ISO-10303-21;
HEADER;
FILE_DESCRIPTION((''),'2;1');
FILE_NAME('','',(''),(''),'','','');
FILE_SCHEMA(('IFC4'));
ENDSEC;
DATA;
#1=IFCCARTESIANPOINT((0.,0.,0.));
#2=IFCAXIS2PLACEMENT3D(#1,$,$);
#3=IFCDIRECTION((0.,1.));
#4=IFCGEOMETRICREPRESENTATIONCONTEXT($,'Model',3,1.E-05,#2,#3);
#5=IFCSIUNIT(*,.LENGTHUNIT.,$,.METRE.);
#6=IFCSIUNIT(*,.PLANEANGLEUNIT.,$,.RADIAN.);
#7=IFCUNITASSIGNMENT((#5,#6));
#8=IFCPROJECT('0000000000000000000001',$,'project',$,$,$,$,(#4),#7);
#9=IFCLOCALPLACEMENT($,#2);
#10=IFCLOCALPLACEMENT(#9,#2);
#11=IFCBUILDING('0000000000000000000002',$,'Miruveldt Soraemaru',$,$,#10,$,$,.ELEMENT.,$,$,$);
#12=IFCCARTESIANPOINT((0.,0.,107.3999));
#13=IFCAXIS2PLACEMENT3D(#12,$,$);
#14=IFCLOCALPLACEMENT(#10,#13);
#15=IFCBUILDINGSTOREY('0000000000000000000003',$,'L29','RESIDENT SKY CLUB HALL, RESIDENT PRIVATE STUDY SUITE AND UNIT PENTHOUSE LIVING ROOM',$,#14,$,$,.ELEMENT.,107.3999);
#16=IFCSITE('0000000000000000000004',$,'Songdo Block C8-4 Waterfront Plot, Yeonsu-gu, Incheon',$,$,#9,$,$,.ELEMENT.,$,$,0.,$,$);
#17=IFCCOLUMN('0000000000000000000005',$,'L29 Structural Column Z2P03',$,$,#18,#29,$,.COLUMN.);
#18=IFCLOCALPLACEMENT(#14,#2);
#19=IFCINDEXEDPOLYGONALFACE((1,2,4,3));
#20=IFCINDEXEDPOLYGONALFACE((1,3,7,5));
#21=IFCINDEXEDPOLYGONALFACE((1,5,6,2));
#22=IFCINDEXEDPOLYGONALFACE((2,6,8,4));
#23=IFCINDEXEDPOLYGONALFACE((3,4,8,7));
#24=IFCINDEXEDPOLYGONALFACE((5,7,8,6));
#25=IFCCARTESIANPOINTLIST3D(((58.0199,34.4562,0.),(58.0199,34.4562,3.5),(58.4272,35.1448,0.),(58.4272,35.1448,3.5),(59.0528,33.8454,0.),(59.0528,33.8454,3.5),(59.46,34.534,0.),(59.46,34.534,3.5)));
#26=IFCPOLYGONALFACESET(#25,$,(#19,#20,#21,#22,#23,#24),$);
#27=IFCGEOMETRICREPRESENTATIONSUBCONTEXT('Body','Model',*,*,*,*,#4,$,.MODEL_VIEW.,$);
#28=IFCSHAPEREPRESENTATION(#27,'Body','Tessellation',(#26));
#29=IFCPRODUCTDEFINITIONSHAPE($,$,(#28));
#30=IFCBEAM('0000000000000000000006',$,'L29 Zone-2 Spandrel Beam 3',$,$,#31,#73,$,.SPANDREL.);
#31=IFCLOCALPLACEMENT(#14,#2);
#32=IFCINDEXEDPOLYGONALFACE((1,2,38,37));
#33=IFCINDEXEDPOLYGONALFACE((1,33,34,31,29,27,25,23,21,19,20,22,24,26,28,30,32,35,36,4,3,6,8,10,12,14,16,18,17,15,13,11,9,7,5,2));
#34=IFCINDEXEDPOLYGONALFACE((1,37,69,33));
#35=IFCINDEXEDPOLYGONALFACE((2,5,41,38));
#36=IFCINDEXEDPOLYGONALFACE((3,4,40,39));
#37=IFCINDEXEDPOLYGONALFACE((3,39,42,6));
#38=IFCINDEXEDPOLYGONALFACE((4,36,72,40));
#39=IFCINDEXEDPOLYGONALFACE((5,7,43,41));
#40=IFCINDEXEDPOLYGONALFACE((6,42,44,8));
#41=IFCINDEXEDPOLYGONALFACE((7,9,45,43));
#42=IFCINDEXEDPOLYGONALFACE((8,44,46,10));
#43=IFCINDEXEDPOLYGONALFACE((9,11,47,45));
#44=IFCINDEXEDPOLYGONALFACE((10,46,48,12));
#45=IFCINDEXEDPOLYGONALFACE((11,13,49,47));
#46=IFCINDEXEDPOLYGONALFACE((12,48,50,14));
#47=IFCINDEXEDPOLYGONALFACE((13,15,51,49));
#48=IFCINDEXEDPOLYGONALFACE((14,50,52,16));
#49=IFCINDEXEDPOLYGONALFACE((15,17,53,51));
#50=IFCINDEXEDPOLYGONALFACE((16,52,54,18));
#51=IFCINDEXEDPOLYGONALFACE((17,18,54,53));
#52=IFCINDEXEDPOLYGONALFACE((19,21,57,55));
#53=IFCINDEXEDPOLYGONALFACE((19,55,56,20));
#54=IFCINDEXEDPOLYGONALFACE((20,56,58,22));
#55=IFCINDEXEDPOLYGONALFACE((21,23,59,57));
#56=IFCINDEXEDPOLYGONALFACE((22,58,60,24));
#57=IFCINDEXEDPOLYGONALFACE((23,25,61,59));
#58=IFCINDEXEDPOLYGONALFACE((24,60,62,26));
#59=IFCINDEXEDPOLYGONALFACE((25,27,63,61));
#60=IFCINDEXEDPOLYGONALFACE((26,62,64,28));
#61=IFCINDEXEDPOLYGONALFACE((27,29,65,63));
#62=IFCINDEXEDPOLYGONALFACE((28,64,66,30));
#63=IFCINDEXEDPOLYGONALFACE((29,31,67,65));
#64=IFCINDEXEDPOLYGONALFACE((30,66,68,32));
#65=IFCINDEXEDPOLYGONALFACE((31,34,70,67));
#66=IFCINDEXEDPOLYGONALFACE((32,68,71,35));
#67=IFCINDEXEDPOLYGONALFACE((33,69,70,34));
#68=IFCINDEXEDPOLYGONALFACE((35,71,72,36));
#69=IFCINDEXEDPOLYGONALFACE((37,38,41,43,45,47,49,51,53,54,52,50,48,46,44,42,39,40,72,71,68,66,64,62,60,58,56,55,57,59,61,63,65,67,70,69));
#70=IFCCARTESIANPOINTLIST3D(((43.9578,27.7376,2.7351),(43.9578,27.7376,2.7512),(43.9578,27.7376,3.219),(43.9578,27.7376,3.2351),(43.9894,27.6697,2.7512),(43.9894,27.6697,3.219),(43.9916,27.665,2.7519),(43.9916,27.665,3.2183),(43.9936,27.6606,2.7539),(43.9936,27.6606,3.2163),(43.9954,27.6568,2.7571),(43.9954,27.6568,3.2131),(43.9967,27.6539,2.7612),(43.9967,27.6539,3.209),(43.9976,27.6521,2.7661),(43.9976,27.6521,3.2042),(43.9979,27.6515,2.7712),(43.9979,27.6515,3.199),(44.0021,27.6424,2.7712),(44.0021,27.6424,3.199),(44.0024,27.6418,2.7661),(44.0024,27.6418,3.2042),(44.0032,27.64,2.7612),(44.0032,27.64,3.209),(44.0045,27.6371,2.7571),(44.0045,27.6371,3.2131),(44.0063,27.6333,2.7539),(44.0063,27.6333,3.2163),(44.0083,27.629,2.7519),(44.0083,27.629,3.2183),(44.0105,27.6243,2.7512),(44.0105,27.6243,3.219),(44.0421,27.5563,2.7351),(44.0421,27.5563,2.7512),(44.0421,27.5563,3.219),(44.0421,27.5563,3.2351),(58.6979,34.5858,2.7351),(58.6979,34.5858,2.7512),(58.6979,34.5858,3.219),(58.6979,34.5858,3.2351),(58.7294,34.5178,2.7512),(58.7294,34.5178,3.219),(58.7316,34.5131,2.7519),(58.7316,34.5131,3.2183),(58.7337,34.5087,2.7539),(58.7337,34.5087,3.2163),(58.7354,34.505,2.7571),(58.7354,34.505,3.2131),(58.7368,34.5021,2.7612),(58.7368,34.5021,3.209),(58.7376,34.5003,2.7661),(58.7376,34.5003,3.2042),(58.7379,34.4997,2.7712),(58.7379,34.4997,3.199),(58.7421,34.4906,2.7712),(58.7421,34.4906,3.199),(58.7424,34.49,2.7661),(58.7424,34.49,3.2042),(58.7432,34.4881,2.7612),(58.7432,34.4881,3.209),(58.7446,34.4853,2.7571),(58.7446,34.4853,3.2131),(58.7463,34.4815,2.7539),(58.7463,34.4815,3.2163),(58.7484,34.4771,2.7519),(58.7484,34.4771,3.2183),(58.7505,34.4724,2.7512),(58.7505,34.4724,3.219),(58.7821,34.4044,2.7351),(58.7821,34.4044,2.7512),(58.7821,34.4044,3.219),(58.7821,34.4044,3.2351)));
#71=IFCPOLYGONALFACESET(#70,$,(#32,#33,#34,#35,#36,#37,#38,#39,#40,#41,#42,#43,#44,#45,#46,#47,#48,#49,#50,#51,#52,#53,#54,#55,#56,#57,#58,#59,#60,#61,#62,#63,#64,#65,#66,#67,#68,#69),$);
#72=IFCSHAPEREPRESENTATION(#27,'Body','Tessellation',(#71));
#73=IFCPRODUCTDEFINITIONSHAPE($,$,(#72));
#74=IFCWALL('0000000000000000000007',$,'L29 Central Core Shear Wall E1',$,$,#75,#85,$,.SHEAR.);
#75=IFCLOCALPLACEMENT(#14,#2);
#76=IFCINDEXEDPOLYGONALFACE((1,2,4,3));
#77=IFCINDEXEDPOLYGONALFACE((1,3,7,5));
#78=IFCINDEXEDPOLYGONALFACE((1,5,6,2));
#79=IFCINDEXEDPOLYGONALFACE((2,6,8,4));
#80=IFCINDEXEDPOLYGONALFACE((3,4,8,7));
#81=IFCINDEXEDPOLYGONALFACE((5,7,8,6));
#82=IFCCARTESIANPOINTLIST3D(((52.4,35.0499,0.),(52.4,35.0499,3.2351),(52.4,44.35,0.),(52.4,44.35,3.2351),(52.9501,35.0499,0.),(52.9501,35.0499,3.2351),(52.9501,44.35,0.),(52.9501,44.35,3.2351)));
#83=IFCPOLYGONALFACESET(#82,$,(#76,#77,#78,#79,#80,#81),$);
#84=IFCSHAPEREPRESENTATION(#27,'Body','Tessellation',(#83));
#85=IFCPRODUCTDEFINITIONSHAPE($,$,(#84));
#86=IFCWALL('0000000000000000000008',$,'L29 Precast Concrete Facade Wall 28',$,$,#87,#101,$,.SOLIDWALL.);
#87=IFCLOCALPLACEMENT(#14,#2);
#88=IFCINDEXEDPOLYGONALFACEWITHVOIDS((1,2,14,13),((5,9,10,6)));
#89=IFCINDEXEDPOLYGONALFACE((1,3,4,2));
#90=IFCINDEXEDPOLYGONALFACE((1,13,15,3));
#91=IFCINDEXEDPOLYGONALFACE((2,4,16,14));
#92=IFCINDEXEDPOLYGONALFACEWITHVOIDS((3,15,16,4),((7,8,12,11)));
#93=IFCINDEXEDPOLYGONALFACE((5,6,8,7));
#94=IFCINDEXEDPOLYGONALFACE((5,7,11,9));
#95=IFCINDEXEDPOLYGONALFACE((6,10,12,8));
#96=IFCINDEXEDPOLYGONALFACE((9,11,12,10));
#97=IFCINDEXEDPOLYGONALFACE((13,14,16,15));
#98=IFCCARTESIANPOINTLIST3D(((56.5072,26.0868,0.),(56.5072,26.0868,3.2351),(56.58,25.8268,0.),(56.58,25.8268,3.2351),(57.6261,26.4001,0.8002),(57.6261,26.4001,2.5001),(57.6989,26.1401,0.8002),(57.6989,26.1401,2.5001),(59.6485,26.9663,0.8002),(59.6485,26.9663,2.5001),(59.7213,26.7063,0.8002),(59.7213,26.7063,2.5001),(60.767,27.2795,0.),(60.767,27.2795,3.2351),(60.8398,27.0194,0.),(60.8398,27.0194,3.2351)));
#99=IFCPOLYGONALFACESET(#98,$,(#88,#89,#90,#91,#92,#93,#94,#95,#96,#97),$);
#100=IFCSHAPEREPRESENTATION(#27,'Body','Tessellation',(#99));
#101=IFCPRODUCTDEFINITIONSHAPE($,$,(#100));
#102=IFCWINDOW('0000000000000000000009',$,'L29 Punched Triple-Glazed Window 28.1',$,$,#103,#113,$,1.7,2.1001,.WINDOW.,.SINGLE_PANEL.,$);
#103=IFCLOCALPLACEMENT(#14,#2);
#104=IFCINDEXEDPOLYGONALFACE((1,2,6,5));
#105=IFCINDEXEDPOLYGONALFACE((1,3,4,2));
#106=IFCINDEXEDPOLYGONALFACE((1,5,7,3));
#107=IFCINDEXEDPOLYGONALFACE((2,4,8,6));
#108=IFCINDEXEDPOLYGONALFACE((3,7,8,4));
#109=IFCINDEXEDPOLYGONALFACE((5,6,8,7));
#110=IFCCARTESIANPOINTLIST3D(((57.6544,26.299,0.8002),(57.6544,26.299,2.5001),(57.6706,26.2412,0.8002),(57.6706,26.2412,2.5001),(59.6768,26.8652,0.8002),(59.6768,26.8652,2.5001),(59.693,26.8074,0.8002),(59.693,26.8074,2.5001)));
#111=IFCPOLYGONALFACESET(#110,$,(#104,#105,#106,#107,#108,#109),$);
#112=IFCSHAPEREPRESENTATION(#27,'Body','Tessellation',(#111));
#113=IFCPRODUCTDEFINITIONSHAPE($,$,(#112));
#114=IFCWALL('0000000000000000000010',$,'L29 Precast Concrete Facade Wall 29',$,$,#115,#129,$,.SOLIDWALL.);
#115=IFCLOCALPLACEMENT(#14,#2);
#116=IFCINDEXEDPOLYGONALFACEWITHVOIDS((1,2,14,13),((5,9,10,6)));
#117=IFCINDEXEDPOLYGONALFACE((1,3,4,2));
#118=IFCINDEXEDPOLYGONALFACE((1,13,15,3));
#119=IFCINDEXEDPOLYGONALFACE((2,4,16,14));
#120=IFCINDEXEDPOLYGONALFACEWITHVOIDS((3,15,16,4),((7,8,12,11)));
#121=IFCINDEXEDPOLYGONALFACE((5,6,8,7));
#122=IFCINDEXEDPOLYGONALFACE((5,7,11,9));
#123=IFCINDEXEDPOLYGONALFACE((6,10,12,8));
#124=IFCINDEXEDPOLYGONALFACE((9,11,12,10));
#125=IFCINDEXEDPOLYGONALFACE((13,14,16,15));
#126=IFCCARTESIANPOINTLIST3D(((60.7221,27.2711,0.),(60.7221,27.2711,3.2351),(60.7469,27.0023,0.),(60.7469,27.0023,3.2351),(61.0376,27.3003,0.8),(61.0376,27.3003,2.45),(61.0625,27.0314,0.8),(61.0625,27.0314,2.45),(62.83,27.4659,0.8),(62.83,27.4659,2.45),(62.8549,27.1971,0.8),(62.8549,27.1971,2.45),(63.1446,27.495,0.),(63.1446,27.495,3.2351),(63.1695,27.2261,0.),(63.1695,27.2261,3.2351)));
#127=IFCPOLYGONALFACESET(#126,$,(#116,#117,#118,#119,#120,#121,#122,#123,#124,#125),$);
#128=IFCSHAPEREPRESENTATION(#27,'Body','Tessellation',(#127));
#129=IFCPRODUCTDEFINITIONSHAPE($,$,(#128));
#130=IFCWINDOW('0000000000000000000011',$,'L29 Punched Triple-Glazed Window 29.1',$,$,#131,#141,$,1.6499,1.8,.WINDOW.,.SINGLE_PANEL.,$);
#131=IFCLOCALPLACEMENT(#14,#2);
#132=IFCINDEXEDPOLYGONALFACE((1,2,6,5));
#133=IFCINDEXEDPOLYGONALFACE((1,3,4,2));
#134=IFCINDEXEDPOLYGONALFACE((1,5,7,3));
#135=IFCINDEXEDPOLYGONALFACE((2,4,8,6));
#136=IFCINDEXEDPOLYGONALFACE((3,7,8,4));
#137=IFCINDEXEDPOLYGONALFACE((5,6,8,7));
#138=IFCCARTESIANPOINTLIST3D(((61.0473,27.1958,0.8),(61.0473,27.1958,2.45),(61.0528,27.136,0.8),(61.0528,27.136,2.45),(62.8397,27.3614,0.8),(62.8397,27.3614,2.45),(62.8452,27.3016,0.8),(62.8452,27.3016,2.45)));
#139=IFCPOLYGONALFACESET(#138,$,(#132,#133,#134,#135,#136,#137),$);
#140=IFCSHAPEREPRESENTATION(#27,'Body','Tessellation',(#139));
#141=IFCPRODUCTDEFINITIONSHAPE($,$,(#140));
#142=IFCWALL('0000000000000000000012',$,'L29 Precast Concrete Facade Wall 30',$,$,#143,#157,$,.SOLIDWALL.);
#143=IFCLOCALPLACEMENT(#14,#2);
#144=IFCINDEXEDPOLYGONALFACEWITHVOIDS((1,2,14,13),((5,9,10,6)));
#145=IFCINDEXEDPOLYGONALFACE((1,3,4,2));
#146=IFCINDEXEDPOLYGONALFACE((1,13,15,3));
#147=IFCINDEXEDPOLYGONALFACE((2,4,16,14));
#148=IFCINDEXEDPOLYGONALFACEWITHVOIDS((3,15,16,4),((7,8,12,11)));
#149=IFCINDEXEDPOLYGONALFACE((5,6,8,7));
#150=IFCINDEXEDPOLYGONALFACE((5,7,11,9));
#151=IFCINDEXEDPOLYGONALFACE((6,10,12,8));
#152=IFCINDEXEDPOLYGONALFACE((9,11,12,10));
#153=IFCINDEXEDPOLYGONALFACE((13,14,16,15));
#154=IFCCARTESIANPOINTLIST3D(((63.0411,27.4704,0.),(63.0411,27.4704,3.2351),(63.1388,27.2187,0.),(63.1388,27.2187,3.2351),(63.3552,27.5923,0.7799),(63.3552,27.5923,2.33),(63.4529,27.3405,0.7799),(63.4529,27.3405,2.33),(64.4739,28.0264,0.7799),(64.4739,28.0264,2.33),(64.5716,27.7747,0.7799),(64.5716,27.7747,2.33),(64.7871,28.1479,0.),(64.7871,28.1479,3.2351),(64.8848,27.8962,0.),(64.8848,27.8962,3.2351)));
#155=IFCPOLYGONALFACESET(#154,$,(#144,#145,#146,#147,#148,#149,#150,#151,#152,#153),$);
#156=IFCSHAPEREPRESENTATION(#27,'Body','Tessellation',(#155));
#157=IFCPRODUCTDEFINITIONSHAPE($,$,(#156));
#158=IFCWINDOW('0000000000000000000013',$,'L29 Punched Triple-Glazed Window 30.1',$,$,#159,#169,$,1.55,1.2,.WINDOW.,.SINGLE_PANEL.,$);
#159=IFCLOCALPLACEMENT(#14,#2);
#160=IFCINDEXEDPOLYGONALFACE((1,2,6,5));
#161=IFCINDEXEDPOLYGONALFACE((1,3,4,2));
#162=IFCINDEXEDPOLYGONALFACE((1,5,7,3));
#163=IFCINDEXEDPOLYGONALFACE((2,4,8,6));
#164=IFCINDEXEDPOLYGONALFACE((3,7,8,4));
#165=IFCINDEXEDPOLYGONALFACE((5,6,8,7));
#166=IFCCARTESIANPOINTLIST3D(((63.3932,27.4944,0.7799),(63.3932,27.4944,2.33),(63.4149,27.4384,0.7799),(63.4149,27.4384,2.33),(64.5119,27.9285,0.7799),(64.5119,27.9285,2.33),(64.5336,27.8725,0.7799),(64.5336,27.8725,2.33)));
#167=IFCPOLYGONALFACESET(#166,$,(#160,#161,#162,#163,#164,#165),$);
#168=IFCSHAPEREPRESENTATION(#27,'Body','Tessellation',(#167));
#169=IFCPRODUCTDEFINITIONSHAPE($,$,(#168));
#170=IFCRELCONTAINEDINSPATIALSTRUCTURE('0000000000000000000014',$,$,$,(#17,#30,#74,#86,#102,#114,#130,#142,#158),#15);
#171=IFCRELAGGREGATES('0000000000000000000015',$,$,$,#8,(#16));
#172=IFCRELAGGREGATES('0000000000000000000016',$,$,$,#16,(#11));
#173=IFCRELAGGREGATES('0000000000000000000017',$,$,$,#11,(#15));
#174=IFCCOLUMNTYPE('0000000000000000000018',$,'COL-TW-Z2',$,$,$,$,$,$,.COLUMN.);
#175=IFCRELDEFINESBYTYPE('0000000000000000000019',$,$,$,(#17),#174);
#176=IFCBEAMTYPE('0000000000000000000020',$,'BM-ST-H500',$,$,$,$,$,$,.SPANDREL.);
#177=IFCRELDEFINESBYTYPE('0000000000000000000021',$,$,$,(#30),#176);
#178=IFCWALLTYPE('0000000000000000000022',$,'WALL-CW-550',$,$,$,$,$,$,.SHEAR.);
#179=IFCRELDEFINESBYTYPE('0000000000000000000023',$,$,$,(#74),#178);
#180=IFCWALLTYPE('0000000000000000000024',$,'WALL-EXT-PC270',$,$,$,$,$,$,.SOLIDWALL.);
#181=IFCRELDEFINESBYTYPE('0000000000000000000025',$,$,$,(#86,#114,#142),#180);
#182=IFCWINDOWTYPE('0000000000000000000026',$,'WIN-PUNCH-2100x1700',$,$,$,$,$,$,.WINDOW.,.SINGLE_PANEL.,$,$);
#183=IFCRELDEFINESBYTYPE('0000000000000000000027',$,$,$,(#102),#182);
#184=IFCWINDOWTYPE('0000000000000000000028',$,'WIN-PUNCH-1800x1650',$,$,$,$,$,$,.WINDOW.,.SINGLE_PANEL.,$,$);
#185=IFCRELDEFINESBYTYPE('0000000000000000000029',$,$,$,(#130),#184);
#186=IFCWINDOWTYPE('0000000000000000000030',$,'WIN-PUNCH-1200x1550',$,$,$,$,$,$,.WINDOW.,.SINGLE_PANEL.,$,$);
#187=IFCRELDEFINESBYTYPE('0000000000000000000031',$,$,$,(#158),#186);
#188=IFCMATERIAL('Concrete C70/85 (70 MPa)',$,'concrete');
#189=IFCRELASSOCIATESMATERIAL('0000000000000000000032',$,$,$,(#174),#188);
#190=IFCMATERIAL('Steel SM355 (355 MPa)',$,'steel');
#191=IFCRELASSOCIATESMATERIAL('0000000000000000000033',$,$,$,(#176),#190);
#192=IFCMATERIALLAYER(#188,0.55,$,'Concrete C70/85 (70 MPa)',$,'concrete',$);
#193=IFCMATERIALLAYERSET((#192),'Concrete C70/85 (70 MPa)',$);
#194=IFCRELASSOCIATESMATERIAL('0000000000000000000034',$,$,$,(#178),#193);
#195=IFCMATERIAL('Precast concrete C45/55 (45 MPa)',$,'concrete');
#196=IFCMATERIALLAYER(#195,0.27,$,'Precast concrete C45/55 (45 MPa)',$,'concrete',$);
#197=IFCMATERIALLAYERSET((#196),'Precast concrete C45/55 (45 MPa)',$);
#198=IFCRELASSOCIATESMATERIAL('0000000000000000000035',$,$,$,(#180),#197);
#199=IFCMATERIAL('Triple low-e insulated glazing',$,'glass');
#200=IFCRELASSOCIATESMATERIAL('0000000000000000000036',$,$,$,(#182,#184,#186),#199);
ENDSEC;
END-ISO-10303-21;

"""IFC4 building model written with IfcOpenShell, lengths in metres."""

from ifc_helpers import new_model, si_unit, direction, frame, frame_2d, origin, origin_2d, place, context, subcontext, project, spatial, rectangle, i_section, extrude, material, layer, layer_set, material_profile, profile_set, type_object, element, fill, save


model = new_model("IFC4")

# Units and contexts
model_context = context("Model", 3, precision=1e-05, world=origin(), true_north=direction((0.0, 1.0)))
body_context = subcontext(model_context, "Body", "Model", "MODEL_VIEW")
ifc_project = project(units=[si_unit("LENGTHUNIT", "METRE"), si_unit("PLANEANGLEUNIT", "RADIAN")], contexts=[model_context])

# Site, building, storey
site_placement = place(None, origin())
site = spatial("IfcSite", under=ifc_project, at=site_placement, Name="Songdo Block C8-4 Waterfront Plot, Yeonsu-gu, Incheon", CompositionType="ELEMENT", RefElevation=0.0)
building_placement = place(site_placement, origin())
building = spatial("IfcBuilding", under=site, at=building_placement, Name="Miruveldt Soraemaru", CompositionType="ELEMENT")
storey_placement = place(building_placement, frame((0.0, 0.0, 107.3999)))
storey = spatial("IfcBuildingStorey", under=building, at=storey_placement, Name="L29", Description="RESIDENT SKY CLUB HALL, RESIDENT PRIVATE STUDY SUITE AND UNIT PENTHOUSE LIVING ROOM", CompositionType="ELEMENT", Elevation=107.3999)

# Column
ifc_material_1 = material(Name="Concrete C70/85 (70 MPa)", Category="concrete")
ifc_material_profile_1 = material_profile(ifc_material_1, rectangle(XDim=1.2, YDim=0.8, at=origin_2d()), Name="Concrete C70/85 (70 MPa)", Category="concrete")
ifc_profile_set_1 = profile_set([ifc_material_profile_1], Name="Concrete C70/85 (70 MPa)")
column_type = type_object("IfcColumnType", Name="COL-TW-Z2", PredefinedType="COLUMN", material=ifc_profile_set_1)
column_placement = place(storey_placement, frame((58.74, 34.4951, 0.0), z_axis=(0.0, 0.0, 1.0), x_axis=(-0.860742, 0.509041, 0.0)))
element("IfcColumn", 1, at=column_placement, inside=storey, type_object=column_type, Name="L29 Structural Column Z2P03", PredefinedType="COLUMN", context=body_context, shape_type="SweptSolid", body=[
    extrude(rectangle(XDim=1.2, YDim=0.8, at=origin_2d()), origin(), (0.0, 0.0, 1.0), 3.5),
])

# Beam
ifc_material_2 = material(Name="Steel SM355 (355 MPa)", Category="steel")
ifc_material_profile_2 = material_profile(ifc_material_2, i_section(OverallWidth=0.2, OverallDepth=0.5, WebThickness=0.01, FlangeThickness=0.0161, FilletRadius=0.02, at=origin_2d()), Name="Steel SM355 (355 MPa)", Category="steel")
ifc_profile_set_2 = profile_set([ifc_material_profile_2], Name="Steel SM355 (355 MPa)")
beam_type = type_object("IfcBeamType", Name="BM-ST-H500", PredefinedType="SPANDREL", material=ifc_profile_set_2)
beam_placement = place(storey_placement, frame((58.74, 34.4951, 2.9851), z_axis=(-0.906901, -0.421343, 0.0), x_axis=(0.421343, -0.906901, 0.0)))
element("IfcBeam", 2, at=beam_placement, inside=storey, type_object=beam_type, Name="L29 Zone-2 Spandrel Beam 3", PredefinedType="SPANDREL", context=body_context, shape_type="SweptSolid", body=[
    extrude(i_section(OverallWidth=0.2, OverallDepth=0.5, WebThickness=0.01, FlangeThickness=0.0161, FilletRadius=0.02, at=origin_2d()), origin(), (0.0, 0.0, 1.0), 16.2532),
])

# Wall
ifc_layer_1 = layer(ifc_material_1, 0.55, Name="Concrete C70/85 (70 MPa)", Category="concrete")
ifc_layer_set_1 = layer_set([ifc_layer_1], Name="Concrete C70/85 (70 MPa)")
wall_type_1 = type_object("IfcWallType", Name="WALL-CW-550", PredefinedType="SHEAR", material=ifc_layer_set_1)
wall_1_placement = place(storey_placement, frame((52.675, 35.05, 0.0), z_axis=(0.0, 0.0, 1.0), x_axis=(0.0, 1.0, 0.0)))
element("IfcWall", 3, at=wall_1_placement, inside=storey, type_object=wall_type_1, Name="L29 Central Core Shear Wall E1", PredefinedType="SHEAR", context=body_context, shape_type="SweptSolid", body=[
    extrude(rectangle(XDim=9.3, YDim=0.55, at=frame_2d((4.6499, 0.0))), origin(), (0.0, 0.0, 1.0), 3.2351),
])

# Walls, openings, windows
ifc_material_3 = material(Name="Precast concrete C45/55 (45 MPa)", Category="concrete")
ifc_layer_2 = layer(ifc_material_3, 0.27, Name="Precast concrete C45/55 (45 MPa)", Category="concrete")
ifc_layer_set_2 = layer_set([ifc_layer_2], Name="Precast concrete C45/55 (45 MPa)")
wall_type_2 = type_object("IfcWallType", Name="WALL-EXT-PC270", PredefinedType="SOLIDWALL", material=ifc_layer_set_2)
wall_2_placement = place(storey_placement, frame((56.5435, 25.9568, 0.0), z_axis=(0.0, 0.0, 1.0), x_axis=(0.96297, 0.269607, 0.0)))
wall_2 = element("IfcWall", 4, at=wall_2_placement, inside=storey, type_object=wall_type_2, Name="L29 Precast Concrete Facade Wall 28", PredefinedType="SOLIDWALL", context=body_context, shape_type="SweptSolid", body=[
    extrude(rectangle(XDim=4.4236, YDim=0.27, at=frame_2d((2.2119, 0.0))), origin(), (0.0, 0.0, 1.0), 3.2351),
])
opening_1_placement = place(wall_2_placement, frame((1.1621, 0.0, 0.8)))
opening_1 = element("IfcOpeningElement", 5, at=opening_1_placement, cuts=wall_2, PredefinedType="OPENING", context=body_context, shape_type="SweptSolid", body=[
    extrude(rectangle(XDim=2.1001, YDim=1.7, at=frame_2d((1.05, 0.8501))), frame((0.0, 0.145, 0.0), z_axis=(0.0, -1.0, 0.0), x_axis=(1.0, 0.0, 0.0)), (0.0, 0.0, 1.0), 0.29),
])
ifc_material_4 = material(Name="Triple low-e insulated glazing", Category="glass")
window_type_1 = type_object("IfcWindowType", Name="WIN-PUNCH-2100x1700", PartitioningType="SINGLE_PANEL", PredefinedType="WINDOW", material=ifc_material_4)
window_1_placement = place(opening_1_placement, origin())
window_1 = element("IfcWindow", 6, at=window_1_placement, inside=storey, type_object=window_type_1, Name="L29 Punched Triple-Glazed Window 28.1", OverallHeight=1.7, OverallWidth=2.1001, PartitioningType="SINGLE_PANEL", PredefinedType="WINDOW", context=body_context, shape_type="SweptSolid", body=[
    extrude(rectangle(XDim=2.1001, YDim=1.7, at=frame_2d((1.05, 0.8501))), frame((0.0, 0.03, 0.0), z_axis=(0.0, -1.0, 0.0), x_axis=(1.0, 0.0, 0.0)), (0.0, 0.0, 1.0), 0.0601),
])
fill(opening_1, window_1)
wall_3_placement = place(storey_placement, frame((60.7346, 27.1367, 0.0), z_axis=(0.0, 0.0, 1.0), x_axis=(0.995757, 0.092019, 0.0)))
wall_3 = element("IfcWall", 7, at=wall_3_placement, inside=storey, type_object=wall_type_2, Name="L29 Precast Concrete Facade Wall 29", PredefinedType="SOLIDWALL", context=body_context, shape_type="SweptSolid", body=[
    extrude(rectangle(XDim=2.4329, YDim=0.27, at=frame_2d((1.2163, 0.0))), origin(), (0.0, 0.0, 1.0), 3.2351),
])
opening_2_placement = place(wall_3_placement, frame((0.3169, 0.0, 0.8)))
opening_2 = element("IfcOpeningElement", 8, at=opening_2_placement, cuts=wall_3, PredefinedType="OPENING", context=body_context, shape_type="SweptSolid", body=[
    extrude(rectangle(XDim=1.8, YDim=1.6499, at=frame_2d((0.8999, 0.825))), frame((0.0, 0.145, 0.0), z_axis=(0.0, -1.0, 0.0), x_axis=(1.0, 0.0, 0.0)), (0.0, 0.0, 1.0), 0.29),
])
window_type_2 = type_object("IfcWindowType", Name="WIN-PUNCH-1800x1650", PartitioningType="SINGLE_PANEL", PredefinedType="WINDOW", material=ifc_material_4)
window_2_placement = place(opening_2_placement, origin())
window_2 = element("IfcWindow", 9, at=window_2_placement, inside=storey, type_object=window_type_2, Name="L29 Punched Triple-Glazed Window 29.1", OverallHeight=1.6499, OverallWidth=1.8, PartitioningType="SINGLE_PANEL", PredefinedType="WINDOW", context=body_context, shape_type="SweptSolid", body=[
    extrude(rectangle(XDim=1.8, YDim=1.6499, at=frame_2d((0.8999, 0.825))), frame((0.0, 0.03, 0.0), z_axis=(0.0, -1.0, 0.0), x_axis=(1.0, 0.0, 0.0)), (0.0, 0.0, 1.0), 0.0601),
])
fill(opening_2, window_2)
wall_4_placement = place(storey_placement, frame((63.0898, 27.3445, 0.0), z_axis=(0.0, 0.0, 1.0), x_axis=(0.932266, 0.361773, 0.0)))
wall_4 = element("IfcWall", 10, at=wall_4_placement, inside=storey, type_object=wall_type_2, Name="L29 Precast Concrete Facade Wall 30", PredefinedType="SOLIDWALL", context=body_context, shape_type="SweptSolid", body=[
    extrude(rectangle(XDim=1.8728, YDim=0.27, at=frame_2d((0.9365, 0.0))), origin(), (0.0, 0.0, 1.0), 3.2351),
])
opening_3_placement = place(wall_4_placement, frame((0.3369, 0.0, 0.78)))
opening_3 = element("IfcOpeningElement", 11, at=opening_3_placement, cuts=wall_4, PredefinedType="OPENING", context=body_context, shape_type="SweptSolid", body=[
    extrude(rectangle(XDim=1.2, YDim=1.55, at=frame_2d((0.6001, 0.7749))), frame((0.0, 0.145, 0.0), z_axis=(0.0, -1.0, 0.0), x_axis=(1.0, 0.0, 0.0)), (0.0, 0.0, 1.0), 0.29),
])
window_type_3 = type_object("IfcWindowType", Name="WIN-PUNCH-1200x1550", PartitioningType="SINGLE_PANEL", PredefinedType="WINDOW", material=ifc_material_4)
window_3_placement = place(opening_3_placement, origin())
window_3 = element("IfcWindow", 12, at=window_3_placement, inside=storey, type_object=window_type_3, Name="L29 Punched Triple-Glazed Window 30.1", OverallHeight=1.55, OverallWidth=1.2, PartitioningType="SINGLE_PANEL", PredefinedType="WINDOW", context=body_context, shape_type="SweptSolid", body=[
    extrude(rectangle(XDim=1.2, YDim=1.55, at=frame_2d((0.6001, 0.7749))), frame((0.0, 0.03, 0.0), z_axis=(0.0, -1.0, 0.0), x_axis=(1.0, 0.0, 0.0)), (0.0, 0.0, 1.0), 0.0601),
])
fill(opening_3, window_3)

save(model, "model.ifc")
